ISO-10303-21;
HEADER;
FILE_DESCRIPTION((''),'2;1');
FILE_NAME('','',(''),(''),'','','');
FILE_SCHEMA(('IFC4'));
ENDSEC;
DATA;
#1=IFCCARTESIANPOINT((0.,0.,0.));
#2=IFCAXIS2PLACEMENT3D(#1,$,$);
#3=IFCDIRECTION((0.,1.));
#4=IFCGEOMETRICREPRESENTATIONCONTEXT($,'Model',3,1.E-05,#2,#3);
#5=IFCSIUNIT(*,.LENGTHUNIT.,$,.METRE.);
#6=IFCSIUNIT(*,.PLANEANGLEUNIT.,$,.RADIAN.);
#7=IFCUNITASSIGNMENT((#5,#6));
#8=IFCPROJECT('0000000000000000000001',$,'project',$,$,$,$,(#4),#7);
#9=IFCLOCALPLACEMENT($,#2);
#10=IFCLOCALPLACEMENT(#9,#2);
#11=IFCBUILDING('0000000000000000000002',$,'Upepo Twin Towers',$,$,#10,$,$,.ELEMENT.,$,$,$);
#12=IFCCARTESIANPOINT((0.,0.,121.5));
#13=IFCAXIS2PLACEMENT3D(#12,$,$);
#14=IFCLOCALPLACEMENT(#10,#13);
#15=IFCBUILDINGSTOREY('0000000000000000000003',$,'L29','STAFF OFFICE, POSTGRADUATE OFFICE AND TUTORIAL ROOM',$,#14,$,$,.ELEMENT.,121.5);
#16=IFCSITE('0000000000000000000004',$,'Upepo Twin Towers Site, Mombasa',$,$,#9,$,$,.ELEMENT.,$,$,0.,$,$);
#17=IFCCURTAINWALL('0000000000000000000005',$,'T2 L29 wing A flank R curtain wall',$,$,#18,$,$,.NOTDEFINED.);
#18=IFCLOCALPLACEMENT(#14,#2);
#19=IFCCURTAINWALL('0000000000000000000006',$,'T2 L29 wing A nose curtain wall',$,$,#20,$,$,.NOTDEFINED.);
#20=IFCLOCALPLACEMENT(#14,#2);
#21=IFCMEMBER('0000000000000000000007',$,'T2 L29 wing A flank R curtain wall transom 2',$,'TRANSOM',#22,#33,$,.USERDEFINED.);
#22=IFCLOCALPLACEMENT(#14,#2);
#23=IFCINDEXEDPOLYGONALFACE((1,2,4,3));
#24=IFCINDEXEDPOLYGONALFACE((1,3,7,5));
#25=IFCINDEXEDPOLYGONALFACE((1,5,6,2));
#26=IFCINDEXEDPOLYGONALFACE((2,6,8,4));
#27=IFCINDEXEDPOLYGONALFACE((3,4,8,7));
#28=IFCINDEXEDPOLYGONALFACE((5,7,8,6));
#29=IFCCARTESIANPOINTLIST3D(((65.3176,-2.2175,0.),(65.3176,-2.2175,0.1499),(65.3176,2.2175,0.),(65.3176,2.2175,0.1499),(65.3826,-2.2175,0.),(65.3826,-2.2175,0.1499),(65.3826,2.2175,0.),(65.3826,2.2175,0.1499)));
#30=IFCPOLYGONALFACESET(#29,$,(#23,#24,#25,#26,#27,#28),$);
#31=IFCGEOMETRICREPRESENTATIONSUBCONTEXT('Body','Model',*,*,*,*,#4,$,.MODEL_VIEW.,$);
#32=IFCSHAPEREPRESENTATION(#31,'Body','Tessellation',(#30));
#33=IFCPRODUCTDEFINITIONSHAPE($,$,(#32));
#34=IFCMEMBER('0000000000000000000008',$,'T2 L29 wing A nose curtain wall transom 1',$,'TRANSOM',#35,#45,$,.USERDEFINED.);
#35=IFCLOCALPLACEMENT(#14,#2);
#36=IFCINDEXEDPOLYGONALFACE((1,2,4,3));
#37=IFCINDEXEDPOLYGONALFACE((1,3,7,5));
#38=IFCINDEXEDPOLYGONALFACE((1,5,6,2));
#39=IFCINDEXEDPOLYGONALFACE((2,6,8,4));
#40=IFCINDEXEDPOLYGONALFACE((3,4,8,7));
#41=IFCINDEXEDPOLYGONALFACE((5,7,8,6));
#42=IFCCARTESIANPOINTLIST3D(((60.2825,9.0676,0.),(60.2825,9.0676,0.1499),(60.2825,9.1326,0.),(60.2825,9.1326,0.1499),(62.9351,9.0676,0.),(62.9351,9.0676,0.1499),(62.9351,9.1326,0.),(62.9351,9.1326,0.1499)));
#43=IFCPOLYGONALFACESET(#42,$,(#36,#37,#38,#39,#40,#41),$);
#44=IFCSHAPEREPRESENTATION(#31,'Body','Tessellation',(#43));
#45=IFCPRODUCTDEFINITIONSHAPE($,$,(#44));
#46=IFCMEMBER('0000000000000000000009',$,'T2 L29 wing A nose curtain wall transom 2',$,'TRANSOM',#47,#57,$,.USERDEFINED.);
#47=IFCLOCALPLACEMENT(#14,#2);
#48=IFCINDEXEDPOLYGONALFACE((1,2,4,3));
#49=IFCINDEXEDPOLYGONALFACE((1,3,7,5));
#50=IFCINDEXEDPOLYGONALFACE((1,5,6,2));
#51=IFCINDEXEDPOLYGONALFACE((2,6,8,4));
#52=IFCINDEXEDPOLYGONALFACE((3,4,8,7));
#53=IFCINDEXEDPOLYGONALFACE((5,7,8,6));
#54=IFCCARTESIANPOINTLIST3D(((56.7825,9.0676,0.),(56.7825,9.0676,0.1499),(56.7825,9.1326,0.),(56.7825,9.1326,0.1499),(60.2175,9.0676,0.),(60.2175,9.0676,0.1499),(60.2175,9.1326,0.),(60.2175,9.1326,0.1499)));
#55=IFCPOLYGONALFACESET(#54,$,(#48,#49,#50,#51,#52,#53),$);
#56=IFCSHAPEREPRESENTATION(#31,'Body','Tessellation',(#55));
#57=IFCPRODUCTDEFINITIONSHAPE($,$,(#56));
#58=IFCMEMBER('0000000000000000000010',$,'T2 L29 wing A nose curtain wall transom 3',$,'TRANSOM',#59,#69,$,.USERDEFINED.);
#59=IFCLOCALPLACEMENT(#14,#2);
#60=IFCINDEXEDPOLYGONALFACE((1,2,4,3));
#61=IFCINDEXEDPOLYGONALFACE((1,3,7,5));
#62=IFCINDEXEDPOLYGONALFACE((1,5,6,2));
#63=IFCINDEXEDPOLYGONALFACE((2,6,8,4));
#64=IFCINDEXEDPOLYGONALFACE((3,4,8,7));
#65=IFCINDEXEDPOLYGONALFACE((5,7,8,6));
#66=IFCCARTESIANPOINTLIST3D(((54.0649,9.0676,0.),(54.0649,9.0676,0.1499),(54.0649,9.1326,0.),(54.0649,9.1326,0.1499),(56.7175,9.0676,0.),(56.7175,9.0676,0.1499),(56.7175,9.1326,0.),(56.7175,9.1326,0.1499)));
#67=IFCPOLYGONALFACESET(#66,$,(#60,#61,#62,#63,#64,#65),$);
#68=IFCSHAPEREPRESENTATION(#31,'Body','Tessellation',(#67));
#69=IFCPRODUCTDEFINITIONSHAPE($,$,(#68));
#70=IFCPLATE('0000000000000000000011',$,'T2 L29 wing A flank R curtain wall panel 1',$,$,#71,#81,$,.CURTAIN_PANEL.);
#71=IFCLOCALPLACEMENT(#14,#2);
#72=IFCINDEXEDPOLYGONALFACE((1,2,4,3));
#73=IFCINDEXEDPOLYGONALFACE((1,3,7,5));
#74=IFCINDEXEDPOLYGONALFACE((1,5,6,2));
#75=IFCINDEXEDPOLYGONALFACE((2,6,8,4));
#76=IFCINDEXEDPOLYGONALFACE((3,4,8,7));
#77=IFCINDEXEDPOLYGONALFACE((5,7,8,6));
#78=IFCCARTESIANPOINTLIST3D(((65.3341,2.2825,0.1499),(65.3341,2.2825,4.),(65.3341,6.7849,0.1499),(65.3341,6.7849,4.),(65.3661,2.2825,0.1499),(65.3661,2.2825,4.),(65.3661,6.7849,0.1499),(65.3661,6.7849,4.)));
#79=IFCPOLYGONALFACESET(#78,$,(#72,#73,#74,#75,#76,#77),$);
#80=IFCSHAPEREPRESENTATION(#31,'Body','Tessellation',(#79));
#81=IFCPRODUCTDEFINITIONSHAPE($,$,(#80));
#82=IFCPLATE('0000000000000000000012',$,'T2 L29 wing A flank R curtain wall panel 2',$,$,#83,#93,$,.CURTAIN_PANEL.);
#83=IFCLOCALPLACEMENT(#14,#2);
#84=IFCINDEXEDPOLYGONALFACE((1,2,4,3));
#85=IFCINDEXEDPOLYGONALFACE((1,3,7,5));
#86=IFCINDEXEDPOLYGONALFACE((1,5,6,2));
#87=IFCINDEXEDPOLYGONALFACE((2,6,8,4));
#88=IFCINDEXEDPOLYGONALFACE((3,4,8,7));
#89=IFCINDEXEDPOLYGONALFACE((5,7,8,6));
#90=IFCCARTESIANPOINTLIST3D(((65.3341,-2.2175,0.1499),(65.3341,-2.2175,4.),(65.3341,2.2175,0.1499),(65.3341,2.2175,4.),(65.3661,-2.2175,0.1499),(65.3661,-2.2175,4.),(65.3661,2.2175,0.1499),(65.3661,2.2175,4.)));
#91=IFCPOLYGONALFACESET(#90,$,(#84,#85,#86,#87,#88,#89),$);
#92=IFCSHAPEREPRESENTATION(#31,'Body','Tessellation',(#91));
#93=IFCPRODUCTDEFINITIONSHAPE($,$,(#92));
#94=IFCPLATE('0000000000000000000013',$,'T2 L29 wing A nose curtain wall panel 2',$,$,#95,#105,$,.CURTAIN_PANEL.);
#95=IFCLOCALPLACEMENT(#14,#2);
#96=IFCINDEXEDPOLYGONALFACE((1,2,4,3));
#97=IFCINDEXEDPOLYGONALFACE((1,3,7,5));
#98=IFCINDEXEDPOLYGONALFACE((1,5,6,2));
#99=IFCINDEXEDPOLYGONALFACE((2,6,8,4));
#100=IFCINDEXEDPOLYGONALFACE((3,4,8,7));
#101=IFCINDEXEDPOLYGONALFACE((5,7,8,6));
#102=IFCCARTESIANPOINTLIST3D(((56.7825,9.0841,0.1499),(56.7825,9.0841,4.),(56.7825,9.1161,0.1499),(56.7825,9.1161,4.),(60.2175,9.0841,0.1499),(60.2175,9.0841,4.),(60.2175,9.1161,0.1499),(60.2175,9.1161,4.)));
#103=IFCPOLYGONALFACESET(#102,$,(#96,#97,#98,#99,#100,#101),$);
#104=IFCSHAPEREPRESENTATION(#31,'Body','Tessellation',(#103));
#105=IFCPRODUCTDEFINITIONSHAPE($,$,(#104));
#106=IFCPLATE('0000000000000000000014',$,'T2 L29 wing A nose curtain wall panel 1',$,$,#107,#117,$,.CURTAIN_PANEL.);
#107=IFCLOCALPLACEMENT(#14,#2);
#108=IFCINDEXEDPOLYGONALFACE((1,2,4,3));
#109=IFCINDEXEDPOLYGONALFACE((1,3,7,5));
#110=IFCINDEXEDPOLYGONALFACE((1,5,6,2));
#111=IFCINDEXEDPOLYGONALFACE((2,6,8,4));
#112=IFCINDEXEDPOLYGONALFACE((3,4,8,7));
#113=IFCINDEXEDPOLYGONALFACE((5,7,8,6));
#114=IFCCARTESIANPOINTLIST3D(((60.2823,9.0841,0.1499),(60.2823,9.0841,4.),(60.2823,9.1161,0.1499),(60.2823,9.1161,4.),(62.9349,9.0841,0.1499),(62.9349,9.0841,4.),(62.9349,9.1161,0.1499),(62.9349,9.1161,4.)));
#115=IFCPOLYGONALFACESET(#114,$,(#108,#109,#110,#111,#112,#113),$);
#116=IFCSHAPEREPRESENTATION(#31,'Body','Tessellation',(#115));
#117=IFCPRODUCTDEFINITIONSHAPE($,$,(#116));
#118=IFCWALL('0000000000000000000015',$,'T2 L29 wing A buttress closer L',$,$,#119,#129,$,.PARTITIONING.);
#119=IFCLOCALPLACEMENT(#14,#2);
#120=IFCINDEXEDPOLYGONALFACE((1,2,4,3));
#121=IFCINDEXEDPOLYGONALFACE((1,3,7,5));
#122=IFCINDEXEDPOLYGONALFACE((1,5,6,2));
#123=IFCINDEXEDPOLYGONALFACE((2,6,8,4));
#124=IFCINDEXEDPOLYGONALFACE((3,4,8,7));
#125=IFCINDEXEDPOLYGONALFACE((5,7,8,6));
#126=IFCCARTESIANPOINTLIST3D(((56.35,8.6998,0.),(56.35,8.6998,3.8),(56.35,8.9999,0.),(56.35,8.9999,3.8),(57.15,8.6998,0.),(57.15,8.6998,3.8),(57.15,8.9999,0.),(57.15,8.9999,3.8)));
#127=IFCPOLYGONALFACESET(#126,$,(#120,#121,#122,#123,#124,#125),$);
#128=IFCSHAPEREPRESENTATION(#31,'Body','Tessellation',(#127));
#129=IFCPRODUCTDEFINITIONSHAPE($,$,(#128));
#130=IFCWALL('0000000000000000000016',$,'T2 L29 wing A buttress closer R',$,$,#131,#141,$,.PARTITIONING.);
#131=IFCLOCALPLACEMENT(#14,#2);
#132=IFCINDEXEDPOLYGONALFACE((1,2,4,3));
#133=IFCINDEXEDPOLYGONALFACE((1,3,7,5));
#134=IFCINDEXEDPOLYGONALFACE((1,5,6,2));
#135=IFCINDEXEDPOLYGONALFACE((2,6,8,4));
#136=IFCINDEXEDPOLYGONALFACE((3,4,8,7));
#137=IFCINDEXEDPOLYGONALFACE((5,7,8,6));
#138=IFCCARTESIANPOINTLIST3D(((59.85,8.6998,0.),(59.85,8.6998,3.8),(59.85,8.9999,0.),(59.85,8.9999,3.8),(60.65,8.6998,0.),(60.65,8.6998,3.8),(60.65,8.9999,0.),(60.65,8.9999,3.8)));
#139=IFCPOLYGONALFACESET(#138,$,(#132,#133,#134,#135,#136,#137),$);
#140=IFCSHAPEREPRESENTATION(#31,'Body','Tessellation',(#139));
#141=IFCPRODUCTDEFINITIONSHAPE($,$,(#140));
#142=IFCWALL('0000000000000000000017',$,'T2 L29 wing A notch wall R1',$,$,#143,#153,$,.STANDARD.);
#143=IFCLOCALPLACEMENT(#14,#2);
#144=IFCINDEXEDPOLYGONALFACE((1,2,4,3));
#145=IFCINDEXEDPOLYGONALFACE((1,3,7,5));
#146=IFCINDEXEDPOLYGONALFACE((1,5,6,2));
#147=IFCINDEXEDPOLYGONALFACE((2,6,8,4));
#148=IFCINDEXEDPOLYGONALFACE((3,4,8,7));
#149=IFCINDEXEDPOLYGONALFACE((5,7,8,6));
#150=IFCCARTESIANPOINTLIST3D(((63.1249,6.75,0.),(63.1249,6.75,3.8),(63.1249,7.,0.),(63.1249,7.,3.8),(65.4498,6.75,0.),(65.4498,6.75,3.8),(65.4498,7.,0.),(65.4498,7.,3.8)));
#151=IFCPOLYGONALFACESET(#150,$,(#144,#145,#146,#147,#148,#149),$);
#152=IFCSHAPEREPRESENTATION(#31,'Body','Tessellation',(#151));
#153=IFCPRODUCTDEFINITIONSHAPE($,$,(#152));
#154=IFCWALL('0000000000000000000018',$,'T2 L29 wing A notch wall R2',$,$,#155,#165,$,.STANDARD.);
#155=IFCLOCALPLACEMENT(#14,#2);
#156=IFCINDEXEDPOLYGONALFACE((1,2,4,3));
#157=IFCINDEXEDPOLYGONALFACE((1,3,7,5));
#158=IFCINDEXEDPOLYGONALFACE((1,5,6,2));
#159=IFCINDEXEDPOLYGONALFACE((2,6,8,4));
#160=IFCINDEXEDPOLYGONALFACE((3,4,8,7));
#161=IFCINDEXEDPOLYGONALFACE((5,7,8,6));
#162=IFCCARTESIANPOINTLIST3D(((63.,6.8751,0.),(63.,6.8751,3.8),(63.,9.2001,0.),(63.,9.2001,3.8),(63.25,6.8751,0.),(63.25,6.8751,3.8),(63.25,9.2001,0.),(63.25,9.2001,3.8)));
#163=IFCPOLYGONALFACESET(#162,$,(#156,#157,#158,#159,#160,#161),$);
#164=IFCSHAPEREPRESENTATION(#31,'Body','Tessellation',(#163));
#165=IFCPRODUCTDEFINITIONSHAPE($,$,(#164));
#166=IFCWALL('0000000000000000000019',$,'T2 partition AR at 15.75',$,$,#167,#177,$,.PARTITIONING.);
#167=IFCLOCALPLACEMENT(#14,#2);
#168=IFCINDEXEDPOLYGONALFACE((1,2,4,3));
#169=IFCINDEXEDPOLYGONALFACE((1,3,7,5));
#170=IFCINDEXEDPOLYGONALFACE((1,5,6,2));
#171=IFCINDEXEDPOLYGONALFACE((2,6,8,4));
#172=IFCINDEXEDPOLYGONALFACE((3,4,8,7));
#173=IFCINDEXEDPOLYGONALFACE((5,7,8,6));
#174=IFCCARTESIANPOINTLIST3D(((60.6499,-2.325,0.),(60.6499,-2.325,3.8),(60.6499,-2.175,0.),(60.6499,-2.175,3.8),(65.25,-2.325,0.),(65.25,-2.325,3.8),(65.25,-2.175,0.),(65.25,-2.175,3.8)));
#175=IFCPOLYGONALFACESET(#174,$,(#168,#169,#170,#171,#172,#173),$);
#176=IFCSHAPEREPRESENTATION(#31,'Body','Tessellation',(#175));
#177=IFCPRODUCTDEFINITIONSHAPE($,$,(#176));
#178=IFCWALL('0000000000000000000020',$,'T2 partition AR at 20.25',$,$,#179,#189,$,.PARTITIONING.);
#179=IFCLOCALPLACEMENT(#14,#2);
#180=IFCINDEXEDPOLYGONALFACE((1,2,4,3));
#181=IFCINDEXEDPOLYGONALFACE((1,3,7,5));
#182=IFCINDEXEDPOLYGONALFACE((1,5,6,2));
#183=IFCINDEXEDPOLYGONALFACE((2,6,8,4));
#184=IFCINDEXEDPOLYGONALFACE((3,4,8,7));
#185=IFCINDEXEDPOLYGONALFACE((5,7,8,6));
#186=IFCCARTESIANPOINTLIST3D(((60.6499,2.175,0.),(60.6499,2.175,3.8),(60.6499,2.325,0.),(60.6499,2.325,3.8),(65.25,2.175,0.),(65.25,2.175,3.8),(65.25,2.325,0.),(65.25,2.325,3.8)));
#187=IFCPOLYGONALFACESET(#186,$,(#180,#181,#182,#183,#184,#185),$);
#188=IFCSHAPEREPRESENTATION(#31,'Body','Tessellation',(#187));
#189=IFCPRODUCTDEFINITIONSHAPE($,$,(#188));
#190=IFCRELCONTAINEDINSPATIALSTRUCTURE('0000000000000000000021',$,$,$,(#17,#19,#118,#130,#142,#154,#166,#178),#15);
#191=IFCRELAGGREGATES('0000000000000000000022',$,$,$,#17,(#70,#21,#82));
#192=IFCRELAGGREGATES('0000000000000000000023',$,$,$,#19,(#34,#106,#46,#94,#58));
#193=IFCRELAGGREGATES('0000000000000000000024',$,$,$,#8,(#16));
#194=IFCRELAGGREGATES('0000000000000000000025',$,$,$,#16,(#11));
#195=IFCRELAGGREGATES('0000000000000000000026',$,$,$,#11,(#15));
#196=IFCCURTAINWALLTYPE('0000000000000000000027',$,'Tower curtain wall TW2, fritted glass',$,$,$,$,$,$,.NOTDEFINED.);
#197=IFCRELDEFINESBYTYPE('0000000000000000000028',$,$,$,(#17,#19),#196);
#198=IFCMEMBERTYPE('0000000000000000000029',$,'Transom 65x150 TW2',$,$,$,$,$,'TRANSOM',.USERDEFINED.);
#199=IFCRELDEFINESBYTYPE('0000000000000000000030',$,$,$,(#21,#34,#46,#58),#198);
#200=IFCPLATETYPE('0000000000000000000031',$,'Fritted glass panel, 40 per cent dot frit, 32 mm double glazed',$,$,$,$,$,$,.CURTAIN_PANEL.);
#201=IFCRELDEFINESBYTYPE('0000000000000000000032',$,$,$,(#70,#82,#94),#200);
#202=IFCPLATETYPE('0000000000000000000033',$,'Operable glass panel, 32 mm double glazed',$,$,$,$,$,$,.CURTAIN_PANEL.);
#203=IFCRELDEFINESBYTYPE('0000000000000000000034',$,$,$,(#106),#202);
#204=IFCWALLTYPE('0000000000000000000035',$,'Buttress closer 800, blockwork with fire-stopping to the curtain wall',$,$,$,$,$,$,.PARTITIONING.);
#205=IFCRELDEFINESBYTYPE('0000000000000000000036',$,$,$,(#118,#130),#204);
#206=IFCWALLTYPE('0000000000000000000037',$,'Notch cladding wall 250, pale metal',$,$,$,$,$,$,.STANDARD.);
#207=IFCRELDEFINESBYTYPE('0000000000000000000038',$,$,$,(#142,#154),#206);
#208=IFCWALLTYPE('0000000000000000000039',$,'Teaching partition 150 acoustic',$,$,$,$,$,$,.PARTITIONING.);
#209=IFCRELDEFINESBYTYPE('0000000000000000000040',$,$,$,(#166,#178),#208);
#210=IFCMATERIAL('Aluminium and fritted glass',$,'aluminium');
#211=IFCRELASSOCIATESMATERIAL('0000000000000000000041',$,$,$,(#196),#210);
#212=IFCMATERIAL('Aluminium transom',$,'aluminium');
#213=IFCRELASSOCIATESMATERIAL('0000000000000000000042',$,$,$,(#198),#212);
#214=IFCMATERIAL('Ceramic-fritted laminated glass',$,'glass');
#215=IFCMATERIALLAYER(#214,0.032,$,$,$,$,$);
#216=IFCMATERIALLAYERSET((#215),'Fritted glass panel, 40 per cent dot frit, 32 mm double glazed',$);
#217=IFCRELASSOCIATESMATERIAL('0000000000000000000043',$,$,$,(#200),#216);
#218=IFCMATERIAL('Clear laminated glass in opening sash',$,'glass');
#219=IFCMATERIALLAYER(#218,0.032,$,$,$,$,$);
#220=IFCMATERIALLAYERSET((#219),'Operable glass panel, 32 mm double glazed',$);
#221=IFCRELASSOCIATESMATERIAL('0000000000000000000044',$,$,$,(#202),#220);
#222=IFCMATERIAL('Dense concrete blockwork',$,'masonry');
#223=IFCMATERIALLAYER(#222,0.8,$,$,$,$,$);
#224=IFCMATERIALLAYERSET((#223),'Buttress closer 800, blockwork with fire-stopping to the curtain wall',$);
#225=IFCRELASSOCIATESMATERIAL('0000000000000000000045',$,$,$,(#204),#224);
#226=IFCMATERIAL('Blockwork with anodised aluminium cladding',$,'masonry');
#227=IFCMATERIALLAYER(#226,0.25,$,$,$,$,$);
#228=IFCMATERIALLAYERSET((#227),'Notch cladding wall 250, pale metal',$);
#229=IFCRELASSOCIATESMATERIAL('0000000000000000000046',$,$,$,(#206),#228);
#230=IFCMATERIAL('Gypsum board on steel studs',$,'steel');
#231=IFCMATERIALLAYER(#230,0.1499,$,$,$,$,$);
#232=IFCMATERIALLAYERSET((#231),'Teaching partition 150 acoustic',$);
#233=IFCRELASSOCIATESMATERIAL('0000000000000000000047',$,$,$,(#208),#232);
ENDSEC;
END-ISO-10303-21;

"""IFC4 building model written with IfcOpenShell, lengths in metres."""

from ifc_helpers import new_model, si_unit, direction, frame, frame_2d, origin, origin_2d, place, context, subcontext, project, spatial, rectangle, extrude, material, layer, layer_set, material_profile, profile_set, type_object, element, aggregate, save


model = new_model("IFC4")

# Units and contexts
model_context = context("Model", 3, precision=1e-05, world=origin(), true_north=direction((0.0, 1.0)))
body_context = subcontext(model_context, "Body", "Model", "MODEL_VIEW")
ifc_project = project(units=[si_unit("LENGTHUNIT", "METRE"), si_unit("PLANEANGLEUNIT", "RADIAN")], contexts=[model_context])

# Site, building, storey
site_placement = place(None, origin())
site = spatial("IfcSite", under=ifc_project, at=site_placement, Name="Upepo Twin Towers Site, Mombasa", CompositionType="ELEMENT", RefElevation=0.0)
building_placement = place(site_placement, origin())
building = spatial("IfcBuilding", under=site, at=building_placement, Name="Upepo Twin Towers", CompositionType="ELEMENT")
storey_placement = place(building_placement, frame((0.0, 0.0, 121.5)))
storey = spatial("IfcBuildingStorey", under=building, at=storey_placement, Name="L29", Description="STAFF OFFICE, POSTGRADUATE OFFICE AND TUTORIAL ROOM", CompositionType="ELEMENT", Elevation=121.5)

# Curtain walls
ifc_material_1 = material(Name="Aluminium and fritted glass", Category="aluminium")
curtain_wall_type = type_object("IfcCurtainWallType", Name="Tower curtain wall TW2, fritted glass", PredefinedType="NOTDEFINED", material=ifc_material_1)
curtain_wall_1_placement = place(storey_placement, origin())
curtain_wall_1 = element("IfcCurtainWall", 1, at=curtain_wall_1_placement, inside=storey, type_object=curtain_wall_type, Name="T2 L29 wing A flank R curtain wall", PredefinedType="NOTDEFINED")
curtain_wall_2_placement = place(storey_placement, origin())
curtain_wall_2 = element("IfcCurtainWall", 2, at=curtain_wall_2_placement, inside=storey, type_object=curtain_wall_type, Name="T2 L29 wing A nose curtain wall", PredefinedType="NOTDEFINED")

# Members
ifc_material_2 = material(Name="Aluminium transom", Category="aluminium")
ifc_material_profile_1 = material_profile(ifc_material_2, rectangle(XDim=0.0649, YDim=0.1499, at=origin_2d()), Name="TRANSOM 65x150")
ifc_profile_set_1 = profile_set([ifc_material_profile_1], Name="Aluminium transom")
member_type_1 = type_object("IfcMemberType", Name="Transom 65x150 TW2", ElementType="TRANSOM", PredefinedType="USERDEFINED", material=ifc_profile_set_1)
member_1_placement = place(storey_placement, frame((65.3501, 2.2175, 0.075), z_axis=(0.0, -1.0, 0.0), x_axis=(1.0, 0.0, 0.0)))
member_1 = element("IfcMember", 3, at=member_1_placement, type_object=member_type_1, Name="T2 L29 wing A flank R curtain wall transom 2", ObjectType="TRANSOM", PredefinedType="USERDEFINED", context=body_context, shape_type="SweptSolid", body=[
    extrude(rectangle(XDim=0.0649, YDim=0.1499, at=origin_2d()), origin(), (0.0, 0.0, 1.0), 4.4351),
])
member_2_placement = place(storey_placement, frame((62.9351, 9.1001, 0.075), z_axis=(-1.0, 0.0, 0.0), x_axis=(0.0, -1.0, 0.0)))
member_2 = element("IfcMember", 4, at=member_2_placement, type_object=member_type_1, Name="T2 L29 wing A nose curtain wall transom 1", ObjectType="TRANSOM", PredefinedType="USERDEFINED", context=body_context, shape_type="SweptSolid", body=[
    extrude(rectangle(XDim=0.0649, YDim=0.1499, at=origin_2d()), origin(), (0.0, 0.0, 1.0), 2.6526),
])
member_3_placement = place(storey_placement, frame((60.2175, 9.1001, 0.075), z_axis=(-1.0, 0.0, 0.0), x_axis=(0.0, -1.0, 0.0)))
member_3 = element("IfcMember", 5, at=member_3_placement, type_object=member_type_1, Name="T2 L29 wing A nose curtain wall transom 2", ObjectType="TRANSOM", PredefinedType="USERDEFINED", context=body_context, shape_type="SweptSolid", body=[
    extrude(rectangle(XDim=0.0649, YDim=0.1499, at=origin_2d()), origin(), (0.0, 0.0, 1.0), 3.4351),
])
member_4_placement = place(storey_placement, frame((56.7175, 9.1001, 0.075), z_axis=(-1.0, 0.0, 0.0), x_axis=(0.0, -1.0, 0.0)))
member_4 = element("IfcMember", 6, at=member_4_placement, type_object=member_type_1, Name="T2 L29 wing A nose curtain wall transom 3", ObjectType="TRANSOM", PredefinedType="USERDEFINED", context=body_context, shape_type="SweptSolid", body=[
    extrude(rectangle(XDim=0.0649, YDim=0.1499, at=origin_2d()), origin(), (0.0, 0.0, 1.0), 2.6526),
])

# Plates
ifc_material_3 = material(Name="Ceramic-fritted laminated glass", Category="glass")
ifc_layer_1 = layer(ifc_material_3, 0.032)
ifc_layer_set_1 = layer_set([ifc_layer_1], Name="Fritted glass panel, 40 per cent dot frit, 32 mm double glazed")
plate_type_1 = type_object("IfcPlateType", Name="Fritted glass panel, 40 per cent dot frit, 32 mm double glazed", PredefinedType="CURTAIN_PANEL", material=ifc_layer_set_1)
plate_1_placement = place(storey_placement, frame((65.3501, 4.5337, 0.1499), z_axis=(0.0, 0.0, 1.0), x_axis=(0.0, -1.0, 0.0)))
plate_1 = element("IfcPlate", 7, at=plate_1_placement, type_object=plate_type_1, Name="T2 L29 wing A flank R curtain wall panel 1", PredefinedType="CURTAIN_PANEL", context=body_context, shape_type="SweptSolid", body=[
    extrude(rectangle(XDim=4.5024, YDim=0.032, at=origin_2d()), origin(), (0.0, 0.0, 1.0), 3.8501),
])
plate_2_placement = place(storey_placement, frame((65.3501, 0.0, 0.1499), z_axis=(0.0, 0.0, 1.0), x_axis=(0.0, -1.0, 0.0)))
plate_2 = element("IfcPlate", 8, at=plate_2_placement, type_object=plate_type_1, Name="T2 L29 wing A flank R curtain wall panel 2", PredefinedType="CURTAIN_PANEL", context=body_context, shape_type="SweptSolid", body=[
    extrude(rectangle(XDim=4.4351, YDim=0.032, at=origin_2d()), origin(), (0.0, 0.0, 1.0), 3.8501),
])
aggregate(curtain_wall_1, [plate_1, member_1, plate_2])
plate_3_placement = place(storey_placement, frame((58.5, 9.1001, 0.1499), z_axis=(0.0, 0.0, 1.0), x_axis=(-1.0, 0.0, 0.0)))
plate_3 = element("IfcPlate", 9, at=plate_3_placement, type_object=plate_type_1, Name="T2 L29 wing A nose curtain wall panel 2", PredefinedType="CURTAIN_PANEL", context=body_context, shape_type="SweptSolid", body=[
    extrude(rectangle(XDim=3.4351, YDim=0.032, at=origin_2d()), origin(), (0.0, 0.0, 1.0), 3.8501),
])
ifc_material_4 = material(Name="Clear laminated glass in opening sash", Category="glass")
ifc_layer_2 = layer(ifc_material_4, 0.032)
ifc_layer_set_2 = layer_set([ifc_layer_2], Name="Operable glass panel, 32 mm double glazed")
plate_type_2 = type_object("IfcPlateType", Name="Operable glass panel, 32 mm double glazed", PredefinedType="CURTAIN_PANEL", material=ifc_layer_set_2)
plate_4_placement = place(storey_placement, frame((61.6086, 9.1001, 0.1499), z_axis=(0.0, 0.0, 1.0), x_axis=(-1.0, 0.0, 0.0)))
plate_4 = element("IfcPlate", 10, at=plate_4_placement, type_object=plate_type_2, Name="T2 L29 wing A nose curtain wall panel 1", PredefinedType="CURTAIN_PANEL", context=body_context, shape_type="SweptSolid", body=[
    extrude(rectangle(XDim=2.6526, YDim=0.032, at=origin_2d()), origin(), (0.0, 0.0, 1.0), 3.8501),
])
aggregate(curtain_wall_2, [member_2, plate_4, member_3, plate_3, member_4])

# Walls
ifc_material_5 = material(Name="Dense concrete blockwork", Category="masonry")
ifc_layer_3 = layer(ifc_material_5, 0.8)
ifc_layer_set_3 = layer_set([ifc_layer_3], Name="Buttress closer 800, blockwork with fire-stopping to the curtain wall")
wall_type_1 = type_object("IfcWallType", Name="Buttress closer 800, blockwork with fire-stopping to the curtain wall", PredefinedType="PARTITIONING", material=ifc_layer_set_3)
for number, where, z_axis, x_axis, name in (
    (11, (56.75, 8.7, 0.0), (0.0, 0.0, 1.0), (0.0, 1.0, 0.0), "T2 L29 wing A buttress closer L"),
    (12, (60.25, 8.7, 0.0), (0.0, 0.0, 1.0), (0.0, 1.0, 0.0), "T2 L29 wing A buttress closer R"),
):
    element("IfcWall", number, at=place(storey_placement, frame(where, z_axis=z_axis, x_axis=x_axis)), inside=storey, type_object=wall_type_1, Name=name, PredefinedType="PARTITIONING", context=body_context, shape_type="SweptSolid", body=[
        extrude(rectangle(XDim=0.3, YDim=0.8, at=frame_2d((0.1499, 0.0))), origin(), (0.0, 0.0, 1.0), 3.8),
    ])
ifc_material_6 = material(Name="Blockwork with anodised aluminium cladding", Category="masonry")
ifc_layer_4 = layer(ifc_material_6, 0.25)
ifc_layer_set_4 = layer_set([ifc_layer_4], Name="Notch cladding wall 250, pale metal")
wall_type_2 = type_object("IfcWallType", Name="Notch cladding wall 250, pale metal", PredefinedType="STANDARD", material=ifc_layer_set_4)
for number, where, z_axis, x_axis, name in (
    (13, (65.45, 6.875, 0.0), (0.0, 0.0, 1.0), (-1.0, 0.0, 0.0), "T2 L29 wing A notch wall R1"),
    (14, (63.125, 6.875, 0.0), (0.0, 0.0, 1.0), (0.0, 1.0, 0.0), "T2 L29 wing A notch wall R2"),
):
    element("IfcWall", number, at=place(storey_placement, frame(where, z_axis=z_axis, x_axis=x_axis)), inside=storey, type_object=wall_type_2, Name=name, PredefinedType="STANDARD", context=body_context, shape_type="SweptSolid", body=[
        extrude(rectangle(XDim=2.325, YDim=0.25, at=frame_2d((1.1626, 0.0))), origin(), (0.0, 0.0, 1.0), 3.8),
    ])
ifc_material_7 = material(Name="Gypsum board on steel studs", Category="steel")
ifc_layer_5 = layer(ifc_material_7, 0.1499)
ifc_layer_set_5 = layer_set([ifc_layer_5], Name="Teaching partition 150 acoustic")
wall_type_3 = type_object("IfcWallType", Name="Teaching partition 150 acoustic", PredefinedType="PARTITIONING", material=ifc_layer_set_5)
for number, where, z_axis, x_axis, name in (
    (15, (60.6499, -2.25, 0.0), (0.0, 0.0, 1.0), (1.0, 0.0, 0.0), "T2 partition AR at 15.75"),
    (16, (60.6499, 2.25, 0.0), (0.0, 0.0, 1.0), (1.0, 0.0, 0.0), "T2 partition AR at 20.25"),
):
    element("IfcWall", number, at=place(storey_placement, frame(where, z_axis=z_axis, x_axis=x_axis)), inside=storey, type_object=wall_type_3, Name=name, PredefinedType="PARTITIONING", context=body_context, shape_type="SweptSolid", body=[
        extrude(rectangle(XDim=4.6001, YDim=0.1499, at=frame_2d((2.3, 0.0))), origin(), (0.0, 0.0, 1.0), 3.8),
    ])

save(model, "model.ifc")
